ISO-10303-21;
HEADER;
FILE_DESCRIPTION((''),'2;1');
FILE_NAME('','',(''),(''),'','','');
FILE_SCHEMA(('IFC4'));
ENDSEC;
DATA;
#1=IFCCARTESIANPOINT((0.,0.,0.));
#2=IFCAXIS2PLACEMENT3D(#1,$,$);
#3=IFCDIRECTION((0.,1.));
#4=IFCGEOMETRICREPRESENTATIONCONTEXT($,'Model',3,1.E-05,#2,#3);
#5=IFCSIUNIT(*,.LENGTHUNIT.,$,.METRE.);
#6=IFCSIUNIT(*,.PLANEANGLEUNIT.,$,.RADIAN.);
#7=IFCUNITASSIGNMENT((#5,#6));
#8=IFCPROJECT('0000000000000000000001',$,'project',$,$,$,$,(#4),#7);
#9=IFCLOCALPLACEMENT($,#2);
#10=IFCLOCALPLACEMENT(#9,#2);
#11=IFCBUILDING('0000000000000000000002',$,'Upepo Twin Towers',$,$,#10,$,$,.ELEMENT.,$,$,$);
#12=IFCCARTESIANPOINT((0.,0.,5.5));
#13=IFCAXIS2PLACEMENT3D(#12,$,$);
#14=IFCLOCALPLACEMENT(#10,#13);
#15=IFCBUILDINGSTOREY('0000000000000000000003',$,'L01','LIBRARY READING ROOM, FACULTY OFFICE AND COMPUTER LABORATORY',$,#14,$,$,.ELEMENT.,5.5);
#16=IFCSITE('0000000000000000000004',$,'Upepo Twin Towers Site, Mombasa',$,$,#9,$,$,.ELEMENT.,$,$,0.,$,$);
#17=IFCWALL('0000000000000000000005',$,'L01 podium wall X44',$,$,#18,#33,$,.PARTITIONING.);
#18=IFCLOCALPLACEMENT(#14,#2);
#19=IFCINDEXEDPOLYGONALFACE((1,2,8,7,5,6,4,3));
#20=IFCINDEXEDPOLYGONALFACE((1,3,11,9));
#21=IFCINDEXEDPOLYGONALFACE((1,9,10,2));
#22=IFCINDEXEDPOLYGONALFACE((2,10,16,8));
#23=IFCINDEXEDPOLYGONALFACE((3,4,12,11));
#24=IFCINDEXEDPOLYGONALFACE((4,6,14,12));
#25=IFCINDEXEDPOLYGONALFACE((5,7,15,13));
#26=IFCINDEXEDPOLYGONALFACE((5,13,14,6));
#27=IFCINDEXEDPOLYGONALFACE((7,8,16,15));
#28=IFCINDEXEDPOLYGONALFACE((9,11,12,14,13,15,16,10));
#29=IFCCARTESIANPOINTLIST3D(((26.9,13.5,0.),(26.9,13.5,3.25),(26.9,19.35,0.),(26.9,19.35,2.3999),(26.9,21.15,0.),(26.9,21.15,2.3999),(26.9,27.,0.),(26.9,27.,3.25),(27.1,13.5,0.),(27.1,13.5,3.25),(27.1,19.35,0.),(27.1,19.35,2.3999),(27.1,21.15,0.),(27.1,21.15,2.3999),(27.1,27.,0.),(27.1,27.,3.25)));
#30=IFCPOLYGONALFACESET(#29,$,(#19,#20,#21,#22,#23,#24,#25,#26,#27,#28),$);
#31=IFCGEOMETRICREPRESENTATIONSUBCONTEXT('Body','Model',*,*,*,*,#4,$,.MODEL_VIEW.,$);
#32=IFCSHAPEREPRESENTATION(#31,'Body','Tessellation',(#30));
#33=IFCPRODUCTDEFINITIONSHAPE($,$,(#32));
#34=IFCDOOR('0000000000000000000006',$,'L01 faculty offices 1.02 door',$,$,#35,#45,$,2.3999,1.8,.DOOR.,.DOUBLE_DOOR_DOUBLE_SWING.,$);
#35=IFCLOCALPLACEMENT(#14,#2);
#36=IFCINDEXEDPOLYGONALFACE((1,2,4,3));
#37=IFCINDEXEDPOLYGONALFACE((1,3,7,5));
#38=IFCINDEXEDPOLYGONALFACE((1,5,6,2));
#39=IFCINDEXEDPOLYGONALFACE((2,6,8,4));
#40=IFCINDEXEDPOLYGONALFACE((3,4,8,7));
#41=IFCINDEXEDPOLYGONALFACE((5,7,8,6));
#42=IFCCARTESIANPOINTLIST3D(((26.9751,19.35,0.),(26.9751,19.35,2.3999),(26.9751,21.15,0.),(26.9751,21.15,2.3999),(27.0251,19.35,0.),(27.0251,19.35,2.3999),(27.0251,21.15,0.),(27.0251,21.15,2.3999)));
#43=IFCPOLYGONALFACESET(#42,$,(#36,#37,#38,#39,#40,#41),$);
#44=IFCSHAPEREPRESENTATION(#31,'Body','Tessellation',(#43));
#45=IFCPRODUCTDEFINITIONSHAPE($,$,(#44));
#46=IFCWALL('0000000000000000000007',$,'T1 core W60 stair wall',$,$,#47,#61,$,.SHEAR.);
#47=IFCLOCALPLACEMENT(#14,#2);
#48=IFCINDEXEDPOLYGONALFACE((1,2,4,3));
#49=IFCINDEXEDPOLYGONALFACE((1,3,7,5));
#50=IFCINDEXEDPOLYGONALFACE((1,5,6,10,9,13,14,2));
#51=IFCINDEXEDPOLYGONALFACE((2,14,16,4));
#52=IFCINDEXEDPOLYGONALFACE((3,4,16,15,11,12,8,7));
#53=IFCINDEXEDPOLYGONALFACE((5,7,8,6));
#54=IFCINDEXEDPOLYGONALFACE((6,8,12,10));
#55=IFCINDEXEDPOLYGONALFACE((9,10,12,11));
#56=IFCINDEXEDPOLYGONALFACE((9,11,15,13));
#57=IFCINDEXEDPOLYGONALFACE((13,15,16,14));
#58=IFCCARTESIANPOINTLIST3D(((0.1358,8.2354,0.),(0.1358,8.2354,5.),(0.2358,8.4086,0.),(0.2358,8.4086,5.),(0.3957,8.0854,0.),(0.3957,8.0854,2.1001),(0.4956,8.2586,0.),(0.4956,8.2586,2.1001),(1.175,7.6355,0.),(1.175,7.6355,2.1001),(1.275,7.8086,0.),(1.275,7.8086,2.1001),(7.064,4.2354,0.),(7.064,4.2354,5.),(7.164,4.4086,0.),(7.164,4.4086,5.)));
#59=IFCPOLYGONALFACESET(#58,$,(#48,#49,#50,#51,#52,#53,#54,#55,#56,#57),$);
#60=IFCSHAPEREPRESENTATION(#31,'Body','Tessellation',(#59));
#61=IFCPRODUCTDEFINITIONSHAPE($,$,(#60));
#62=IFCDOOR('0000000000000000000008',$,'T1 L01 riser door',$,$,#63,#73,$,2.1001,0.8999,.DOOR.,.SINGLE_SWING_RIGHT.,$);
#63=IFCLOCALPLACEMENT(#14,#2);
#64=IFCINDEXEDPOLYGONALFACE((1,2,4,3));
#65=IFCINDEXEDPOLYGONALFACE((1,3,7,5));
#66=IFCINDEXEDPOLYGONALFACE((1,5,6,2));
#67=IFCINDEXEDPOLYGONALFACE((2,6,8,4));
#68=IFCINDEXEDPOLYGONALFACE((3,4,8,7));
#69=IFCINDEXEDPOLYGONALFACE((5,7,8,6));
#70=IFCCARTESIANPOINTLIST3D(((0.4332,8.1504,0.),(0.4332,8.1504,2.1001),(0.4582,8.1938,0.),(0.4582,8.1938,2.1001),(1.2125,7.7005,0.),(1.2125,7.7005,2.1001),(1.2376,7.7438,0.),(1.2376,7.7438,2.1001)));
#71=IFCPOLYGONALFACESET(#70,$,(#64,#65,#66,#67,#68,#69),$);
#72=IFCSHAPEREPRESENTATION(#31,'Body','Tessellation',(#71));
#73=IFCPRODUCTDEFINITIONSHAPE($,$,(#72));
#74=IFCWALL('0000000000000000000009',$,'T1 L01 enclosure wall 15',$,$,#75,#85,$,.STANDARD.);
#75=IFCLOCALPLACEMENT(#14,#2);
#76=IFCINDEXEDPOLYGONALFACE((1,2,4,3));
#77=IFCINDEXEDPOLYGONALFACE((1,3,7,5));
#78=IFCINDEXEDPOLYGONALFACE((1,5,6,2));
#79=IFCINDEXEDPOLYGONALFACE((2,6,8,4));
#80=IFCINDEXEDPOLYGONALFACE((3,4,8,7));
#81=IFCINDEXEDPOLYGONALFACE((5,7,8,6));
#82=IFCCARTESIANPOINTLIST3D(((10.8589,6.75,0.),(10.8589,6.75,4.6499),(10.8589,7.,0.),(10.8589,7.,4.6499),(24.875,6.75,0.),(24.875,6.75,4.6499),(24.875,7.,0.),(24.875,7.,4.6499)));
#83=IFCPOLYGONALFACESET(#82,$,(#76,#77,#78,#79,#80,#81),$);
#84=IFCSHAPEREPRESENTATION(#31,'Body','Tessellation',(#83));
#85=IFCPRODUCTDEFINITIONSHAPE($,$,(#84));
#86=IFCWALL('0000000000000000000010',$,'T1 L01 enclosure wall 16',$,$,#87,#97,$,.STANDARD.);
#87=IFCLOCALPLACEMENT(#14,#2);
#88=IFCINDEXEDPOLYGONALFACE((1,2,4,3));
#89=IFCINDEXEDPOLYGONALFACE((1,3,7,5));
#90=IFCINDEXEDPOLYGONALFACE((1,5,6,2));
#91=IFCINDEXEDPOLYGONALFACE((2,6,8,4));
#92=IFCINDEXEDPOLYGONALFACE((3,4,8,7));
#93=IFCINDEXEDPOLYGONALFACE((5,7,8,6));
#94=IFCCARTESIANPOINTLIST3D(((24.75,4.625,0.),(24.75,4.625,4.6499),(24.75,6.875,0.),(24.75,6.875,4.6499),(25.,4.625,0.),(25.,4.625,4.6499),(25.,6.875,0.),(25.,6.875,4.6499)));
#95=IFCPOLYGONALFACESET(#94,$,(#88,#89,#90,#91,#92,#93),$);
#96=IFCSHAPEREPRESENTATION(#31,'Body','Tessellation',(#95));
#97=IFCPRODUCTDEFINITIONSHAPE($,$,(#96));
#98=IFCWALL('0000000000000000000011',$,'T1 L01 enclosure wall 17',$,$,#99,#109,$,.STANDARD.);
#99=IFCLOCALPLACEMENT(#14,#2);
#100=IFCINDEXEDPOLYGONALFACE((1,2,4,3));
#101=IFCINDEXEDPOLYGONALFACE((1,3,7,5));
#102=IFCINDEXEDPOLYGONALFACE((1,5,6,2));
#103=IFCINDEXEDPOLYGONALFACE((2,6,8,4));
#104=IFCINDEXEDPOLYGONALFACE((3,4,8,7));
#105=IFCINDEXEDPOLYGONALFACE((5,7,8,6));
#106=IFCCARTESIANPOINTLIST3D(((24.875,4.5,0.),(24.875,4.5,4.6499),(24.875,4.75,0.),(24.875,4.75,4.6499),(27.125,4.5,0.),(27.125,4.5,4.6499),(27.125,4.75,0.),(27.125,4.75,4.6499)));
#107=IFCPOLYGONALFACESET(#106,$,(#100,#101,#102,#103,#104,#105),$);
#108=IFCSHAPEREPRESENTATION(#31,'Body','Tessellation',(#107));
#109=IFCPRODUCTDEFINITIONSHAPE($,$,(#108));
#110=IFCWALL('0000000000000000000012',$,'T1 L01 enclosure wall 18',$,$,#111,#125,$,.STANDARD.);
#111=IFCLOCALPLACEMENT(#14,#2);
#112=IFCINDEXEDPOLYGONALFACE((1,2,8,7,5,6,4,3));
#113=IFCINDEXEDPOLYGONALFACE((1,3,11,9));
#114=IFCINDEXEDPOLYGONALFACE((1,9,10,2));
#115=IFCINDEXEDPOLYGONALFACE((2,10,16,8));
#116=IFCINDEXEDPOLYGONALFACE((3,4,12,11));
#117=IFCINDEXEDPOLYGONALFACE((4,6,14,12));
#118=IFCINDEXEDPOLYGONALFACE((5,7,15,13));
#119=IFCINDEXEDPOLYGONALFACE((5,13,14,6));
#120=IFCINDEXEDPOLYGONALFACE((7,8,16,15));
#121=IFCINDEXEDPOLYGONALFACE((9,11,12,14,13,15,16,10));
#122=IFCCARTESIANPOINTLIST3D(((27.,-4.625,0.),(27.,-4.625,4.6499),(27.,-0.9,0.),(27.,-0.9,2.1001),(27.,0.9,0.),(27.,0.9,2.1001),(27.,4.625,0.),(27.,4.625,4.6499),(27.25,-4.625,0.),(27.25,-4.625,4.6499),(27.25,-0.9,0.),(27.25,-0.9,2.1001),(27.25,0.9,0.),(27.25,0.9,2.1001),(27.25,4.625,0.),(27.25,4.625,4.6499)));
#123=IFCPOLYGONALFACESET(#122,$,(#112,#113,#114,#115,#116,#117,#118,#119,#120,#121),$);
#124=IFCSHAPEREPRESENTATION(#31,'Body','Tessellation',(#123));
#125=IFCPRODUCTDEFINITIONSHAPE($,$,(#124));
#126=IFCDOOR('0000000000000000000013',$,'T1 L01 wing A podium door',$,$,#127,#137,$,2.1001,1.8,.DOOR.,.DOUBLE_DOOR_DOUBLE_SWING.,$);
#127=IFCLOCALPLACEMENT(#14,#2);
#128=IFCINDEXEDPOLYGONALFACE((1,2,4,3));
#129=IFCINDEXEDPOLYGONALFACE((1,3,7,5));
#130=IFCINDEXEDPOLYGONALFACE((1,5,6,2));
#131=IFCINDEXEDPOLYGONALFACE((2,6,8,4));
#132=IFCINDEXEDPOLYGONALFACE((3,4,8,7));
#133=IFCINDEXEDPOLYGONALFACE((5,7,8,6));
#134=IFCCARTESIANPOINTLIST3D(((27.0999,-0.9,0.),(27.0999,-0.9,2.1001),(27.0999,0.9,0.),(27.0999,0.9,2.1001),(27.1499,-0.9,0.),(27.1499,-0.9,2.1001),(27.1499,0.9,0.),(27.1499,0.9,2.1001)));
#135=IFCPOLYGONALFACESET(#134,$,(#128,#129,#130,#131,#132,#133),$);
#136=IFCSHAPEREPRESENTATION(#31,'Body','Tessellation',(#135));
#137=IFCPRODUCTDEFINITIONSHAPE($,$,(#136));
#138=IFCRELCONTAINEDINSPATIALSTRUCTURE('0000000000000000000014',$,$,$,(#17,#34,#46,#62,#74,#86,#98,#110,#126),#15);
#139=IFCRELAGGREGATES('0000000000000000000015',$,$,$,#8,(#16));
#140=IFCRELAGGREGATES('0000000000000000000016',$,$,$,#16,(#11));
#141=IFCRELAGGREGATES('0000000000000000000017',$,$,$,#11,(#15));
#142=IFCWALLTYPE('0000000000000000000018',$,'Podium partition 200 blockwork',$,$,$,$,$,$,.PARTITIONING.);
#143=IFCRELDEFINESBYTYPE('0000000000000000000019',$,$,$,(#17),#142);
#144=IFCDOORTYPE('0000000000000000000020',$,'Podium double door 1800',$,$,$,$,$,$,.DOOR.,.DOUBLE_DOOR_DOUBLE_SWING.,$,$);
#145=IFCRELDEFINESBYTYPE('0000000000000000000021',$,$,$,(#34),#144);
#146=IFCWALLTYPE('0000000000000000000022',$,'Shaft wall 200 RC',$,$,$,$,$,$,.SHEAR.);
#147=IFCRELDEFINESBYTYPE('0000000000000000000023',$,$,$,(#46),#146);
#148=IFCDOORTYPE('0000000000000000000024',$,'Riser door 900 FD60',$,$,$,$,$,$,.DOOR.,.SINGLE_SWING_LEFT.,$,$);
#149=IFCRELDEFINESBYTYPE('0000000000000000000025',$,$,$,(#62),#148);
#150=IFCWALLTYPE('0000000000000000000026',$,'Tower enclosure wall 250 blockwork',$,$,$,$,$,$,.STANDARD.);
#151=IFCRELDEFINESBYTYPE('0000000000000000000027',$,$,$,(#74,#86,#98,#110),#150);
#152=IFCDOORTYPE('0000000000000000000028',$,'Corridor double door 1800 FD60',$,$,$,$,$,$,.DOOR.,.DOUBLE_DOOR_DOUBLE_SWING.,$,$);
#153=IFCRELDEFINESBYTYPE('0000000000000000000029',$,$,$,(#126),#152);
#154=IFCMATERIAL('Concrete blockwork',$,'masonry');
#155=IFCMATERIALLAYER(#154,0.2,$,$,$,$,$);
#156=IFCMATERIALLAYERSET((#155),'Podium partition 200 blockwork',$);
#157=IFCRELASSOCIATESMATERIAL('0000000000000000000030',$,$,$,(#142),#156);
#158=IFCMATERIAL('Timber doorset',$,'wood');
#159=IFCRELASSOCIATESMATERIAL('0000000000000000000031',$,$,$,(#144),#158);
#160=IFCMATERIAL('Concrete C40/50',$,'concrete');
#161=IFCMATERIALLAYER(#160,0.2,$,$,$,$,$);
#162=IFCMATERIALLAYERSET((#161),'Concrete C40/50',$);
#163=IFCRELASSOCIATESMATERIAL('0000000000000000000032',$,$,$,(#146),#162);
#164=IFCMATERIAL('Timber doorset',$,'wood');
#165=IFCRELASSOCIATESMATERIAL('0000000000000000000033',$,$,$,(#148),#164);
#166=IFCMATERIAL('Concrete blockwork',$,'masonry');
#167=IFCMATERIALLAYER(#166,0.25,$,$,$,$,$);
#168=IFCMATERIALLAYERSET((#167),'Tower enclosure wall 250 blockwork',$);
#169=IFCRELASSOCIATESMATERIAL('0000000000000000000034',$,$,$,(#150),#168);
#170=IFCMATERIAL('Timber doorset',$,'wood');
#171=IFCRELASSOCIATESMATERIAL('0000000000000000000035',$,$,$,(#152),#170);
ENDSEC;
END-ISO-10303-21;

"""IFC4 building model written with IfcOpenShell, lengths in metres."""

from ifc_helpers import new_model, si_unit, direction, frame, frame_2d, origin, place, context, subcontext, project, spatial, rectangle, extrude, material, layer, layer_set, type_object, element, fill, save


model = new_model("IFC4")

# Units and contexts
model_context = context("Model", 3, precision=1e-05, world=origin(), true_north=direction((0.0, 1.0)))
body_context = subcontext(model_context, "Body", "Model", "MODEL_VIEW")
ifc_project = project(units=[si_unit("LENGTHUNIT", "METRE"), si_unit("PLANEANGLEUNIT", "RADIAN")], contexts=[model_context])

# Site, building, storey
site_placement = place(None, origin())
site = spatial("IfcSite", under=ifc_project, at=site_placement, Name="Upepo Twin Towers Site, Mombasa", CompositionType="ELEMENT", RefElevation=0.0)
building_placement = place(site_placement, origin())
building = spatial("IfcBuilding", under=site, at=building_placement, Name="Upepo Twin Towers", CompositionType="ELEMENT")
storey_placement = place(building_placement, frame((0.0, 0.0, 5.5)))
storey = spatial("IfcBuildingStorey", under=building, at=storey_placement, Name="L01", Description="LIBRARY READING ROOM, FACULTY OFFICE AND COMPUTER LABORATORY", CompositionType="ELEMENT", Elevation=5.5)

# Shared definitions
ifc_material_1 = material(Name="Concrete blockwork", Category="masonry")
ifc_layer_1 = layer(ifc_material_1, 0.2)
ifc_layer_set_1 = layer_set([ifc_layer_1], Name="Podium partition 200 blockwork")
wall_type_1 = type_object("IfcWallType", Name="Podium partition 200 blockwork", PredefinedType="PARTITIONING", material=ifc_layer_set_1)
ifc_material_2 = material(Name="Timber doorset", Category="wood")
door_type_1 = type_object("IfcDoorType", Name="Podium double door 1800", OperationType="DOUBLE_DOOR_DOUBLE_SWING", PredefinedType="DOOR", material=ifc_material_2)

# Walls, openings, doors
wall_1_placement = place(storey_placement, frame((27.0, 13.5, 0.0), z_axis=(0.0, 0.0, 1.0), x_axis=(0.0, 1.0, 0.0)))
wall_1 = element("IfcWall", 1, at=wall_1_placement, inside=storey, type_object=wall_type_1, Name="L01 podium wall X44", PredefinedType="PARTITIONING", context=body_context, shape_type="SweptSolid", body=[
    extrude(rectangle(XDim=13.5, YDim=0.2, at=frame_2d((6.75, 0.0))), origin(), (0.0, 0.0, 1.0), 3.25),
])
opening_1_placement = place(wall_1_placement, frame((5.8501, 0.0, 0.0)))
opening_1 = element("IfcOpeningElement", 2, at=opening_1_placement, cuts=wall_1, PredefinedType="OPENING", context=body_context, shape_type="SweptSolid", body=[
    extrude(rectangle(XDim=1.8, YDim=2.3999, at=frame_2d((0.8999, 1.2))), frame((0.0, 0.1099, 0.0), z_axis=(0.0, -1.0, 0.0), x_axis=(1.0, 0.0, 0.0)), (0.0, 0.0, 1.0), 0.22),
])
door_1_placement = place(opening_1_placement, origin())
door_1 = element("IfcDoor", 3, at=door_1_placement, inside=storey, type_object=door_type_1, Name="L01 faculty offices 1.02 door", OperationType="DOUBLE_DOOR_DOUBLE_SWING", OverallHeight=2.3999, OverallWidth=1.8, PredefinedType="DOOR", context=body_context, shape_type="SweptSolid", body=[
    extrude(rectangle(XDim=1.8, YDim=2.3999, at=frame_2d((0.8999, 1.2))), frame((0.0, 0.0249, 0.0), z_axis=(0.0, -1.0, 0.0), x_axis=(1.0, 0.0, 0.0)), (0.0, 0.0, 1.0), 0.05),
])
fill(opening_1, door_1)
ifc_material_3 = material(Name="Concrete C40/50", Category="concrete")
ifc_layer_2 = layer(ifc_material_3, 0.2)
ifc_layer_set_2 = layer_set([ifc_layer_2], Name="Concrete C40/50")
wall_type_2 = type_object("IfcWallType", Name="Shaft wall 200 RC", PredefinedType="SHEAR", material=ifc_layer_set_2)
wall_2_placement = place(storey_placement, frame((7.114, 4.322, 0.0), z_axis=(0.0, 0.0, 1.0), x_axis=(-0.866026, 0.499999, 0.0)))
wall_2 = element("IfcWall", 4, at=wall_2_placement, inside=storey, type_object=wall_type_2, Name="T1 core W60 stair wall", PredefinedType="SHEAR", context=body_context, shape_type="SweptSolid", body=[
    extrude(rectangle(XDim=8.0, YDim=0.2, at=frame_2d((4.0, 0.0))), origin(), (0.0, 0.0, 1.0), 5.0),
])
opening_2_placement = place(wall_2_placement, frame((6.8, 0.0, 0.0)))
opening_2 = element("IfcOpeningElement", 5, at=opening_2_placement, cuts=wall_2, PredefinedType="OPENING", context=body_context, shape_type="SweptSolid", body=[
    extrude(rectangle(XDim=0.8999, YDim=2.1001, at=frame_2d((0.45, 1.05))), frame((0.0, 0.1099, 0.0), z_axis=(0.0, -1.0, 0.0), x_axis=(1.0, 0.0, 0.0)), (0.0, 0.0, 1.0), 0.22),
])
ifc_material_4 = material(Name="Timber doorset", Category="wood")
door_type_2 = type_object("IfcDoorType", Name="Riser door 900 FD60", OperationType="SINGLE_SWING_LEFT", PredefinedType="DOOR", material=ifc_material_4)
door_2_placement = place(opening_2_placement, origin())
door_2 = element("IfcDoor", 6, at=door_2_placement, inside=storey, type_object=door_type_2, Name="T1 L01 riser door", OperationType="SINGLE_SWING_RIGHT", OverallHeight=2.1001, OverallWidth=0.8999, PredefinedType="DOOR", context=body_context, shape_type="SweptSolid", body=[
    extrude(rectangle(XDim=0.8999, YDim=2.1001, at=frame_2d((0.45, 1.05))), frame((0.0, 0.0249, 0.0), z_axis=(0.0, -1.0, 0.0), x_axis=(1.0, 0.0, 0.0)), (0.0, 0.0, 1.0), 0.05),
])
fill(opening_2, door_2)

# Walls
ifc_material_5 = material(Name="Concrete blockwork", Category="masonry")
ifc_layer_3 = layer(ifc_material_5, 0.25)
ifc_layer_set_3 = layer_set([ifc_layer_3], Name="Tower enclosure wall 250 blockwork")
wall_type_3 = type_object("IfcWallType", Name="Tower enclosure wall 250 blockwork", PredefinedType="STANDARD", material=ifc_layer_set_3)
wall_3_placement = place(storey_placement, frame((10.8589, 6.875, 0.0), z_axis=(0.0, 0.0, 1.0), x_axis=(1.0, 0.0, 0.0)))
element("IfcWall", 7, at=wall_3_placement, inside=storey, type_object=wall_type_3, Name="T1 L01 enclosure wall 15", PredefinedType="STANDARD", context=body_context, shape_type="SweptSolid", body=[
    extrude(rectangle(XDim=14.0161, YDim=0.25, at=frame_2d((7.0081, 0.0))), origin(), (0.0, 0.0, 1.0), 4.6499),
])
for number, where, z_axis, x_axis, name in (
    (8, (24.875, 6.875, 0.0), (0.0, 0.0, 1.0), (0.0, -1.0, 0.0), "T1 L01 enclosure wall 16"),
    (9, (24.875, 4.625, 0.0), (0.0, 0.0, 1.0), (1.0, 0.0, 0.0), "T1 L01 enclosure wall 17"),
):
    element("IfcWall", number, at=place(storey_placement, frame(where, z_axis=z_axis, x_axis=x_axis)), inside=storey, type_object=wall_type_3, Name=name, PredefinedType="STANDARD", context=body_context, shape_type="SweptSolid", body=[
        extrude(rectangle(XDim=2.25, YDim=0.25, at=frame_2d((1.125, 0.0))), origin(), (0.0, 0.0, 1.0), 4.6499),
    ])

# Wall, opening, door
wall_4_placement = place(storey_placement, frame((27.125, 4.625, 0.0), z_axis=(0.0, 0.0, 1.0), x_axis=(0.0, -1.0, 0.0)))
wall_4 = element("IfcWall", 10, at=wall_4_placement, inside=storey, type_object=wall_type_3, Name="T1 L01 enclosure wall 18", PredefinedType="STANDARD", context=body_context, shape_type="SweptSolid", body=[
    extrude(rectangle(XDim=9.25, YDim=0.25, at=frame_2d((4.625, 0.0))), origin(), (0.0, 0.0, 1.0), 4.6499),
])
opening_3_placement = place(wall_4_placement, frame((3.7251, 0.0, 0.0)))
opening_3 = element("IfcOpeningElement", 11, at=opening_3_placement, cuts=wall_4, PredefinedType="OPENING", context=body_context, shape_type="SweptSolid", body=[
    extrude(rectangle(XDim=1.8, YDim=2.1001, at=frame_2d((0.8999, 1.05))), frame((0.0, 0.135, 0.0), z_axis=(0.0, -1.0, 0.0), x_axis=(1.0, 0.0, 0.0)), (0.0, 0.0, 1.0), 0.27),
])
ifc_material_6 = material(Name="Timber doorset", Category="wood")
door_type_3 = type_object("IfcDoorType", Name="Corridor double door 1800 FD60", OperationType="DOUBLE_DOOR_DOUBLE_SWING", PredefinedType="DOOR", material=ifc_material_6)
door_3_placement = place(opening_3_placement, origin())
door_3 = element("IfcDoor", 12, at=door_3_placement, inside=storey, type_object=door_type_3, Name="T1 L01 wing A podium door", OperationType="DOUBLE_DOOR_DOUBLE_SWING", OverallHeight=2.1001, OverallWidth=1.8, PredefinedType="DOOR", context=body_context, shape_type="SweptSolid", body=[
    extrude(rectangle(XDim=1.8, YDim=2.1001, at=frame_2d((0.8999, 1.05))), frame((0.0, 0.0249, 0.0), z_axis=(0.0, -1.0, 0.0), x_axis=(1.0, 0.0, 0.0)), (0.0, 0.0, 1.0), 0.05),
])
fill(opening_3, door_3)

save(model, "model.ifc")
